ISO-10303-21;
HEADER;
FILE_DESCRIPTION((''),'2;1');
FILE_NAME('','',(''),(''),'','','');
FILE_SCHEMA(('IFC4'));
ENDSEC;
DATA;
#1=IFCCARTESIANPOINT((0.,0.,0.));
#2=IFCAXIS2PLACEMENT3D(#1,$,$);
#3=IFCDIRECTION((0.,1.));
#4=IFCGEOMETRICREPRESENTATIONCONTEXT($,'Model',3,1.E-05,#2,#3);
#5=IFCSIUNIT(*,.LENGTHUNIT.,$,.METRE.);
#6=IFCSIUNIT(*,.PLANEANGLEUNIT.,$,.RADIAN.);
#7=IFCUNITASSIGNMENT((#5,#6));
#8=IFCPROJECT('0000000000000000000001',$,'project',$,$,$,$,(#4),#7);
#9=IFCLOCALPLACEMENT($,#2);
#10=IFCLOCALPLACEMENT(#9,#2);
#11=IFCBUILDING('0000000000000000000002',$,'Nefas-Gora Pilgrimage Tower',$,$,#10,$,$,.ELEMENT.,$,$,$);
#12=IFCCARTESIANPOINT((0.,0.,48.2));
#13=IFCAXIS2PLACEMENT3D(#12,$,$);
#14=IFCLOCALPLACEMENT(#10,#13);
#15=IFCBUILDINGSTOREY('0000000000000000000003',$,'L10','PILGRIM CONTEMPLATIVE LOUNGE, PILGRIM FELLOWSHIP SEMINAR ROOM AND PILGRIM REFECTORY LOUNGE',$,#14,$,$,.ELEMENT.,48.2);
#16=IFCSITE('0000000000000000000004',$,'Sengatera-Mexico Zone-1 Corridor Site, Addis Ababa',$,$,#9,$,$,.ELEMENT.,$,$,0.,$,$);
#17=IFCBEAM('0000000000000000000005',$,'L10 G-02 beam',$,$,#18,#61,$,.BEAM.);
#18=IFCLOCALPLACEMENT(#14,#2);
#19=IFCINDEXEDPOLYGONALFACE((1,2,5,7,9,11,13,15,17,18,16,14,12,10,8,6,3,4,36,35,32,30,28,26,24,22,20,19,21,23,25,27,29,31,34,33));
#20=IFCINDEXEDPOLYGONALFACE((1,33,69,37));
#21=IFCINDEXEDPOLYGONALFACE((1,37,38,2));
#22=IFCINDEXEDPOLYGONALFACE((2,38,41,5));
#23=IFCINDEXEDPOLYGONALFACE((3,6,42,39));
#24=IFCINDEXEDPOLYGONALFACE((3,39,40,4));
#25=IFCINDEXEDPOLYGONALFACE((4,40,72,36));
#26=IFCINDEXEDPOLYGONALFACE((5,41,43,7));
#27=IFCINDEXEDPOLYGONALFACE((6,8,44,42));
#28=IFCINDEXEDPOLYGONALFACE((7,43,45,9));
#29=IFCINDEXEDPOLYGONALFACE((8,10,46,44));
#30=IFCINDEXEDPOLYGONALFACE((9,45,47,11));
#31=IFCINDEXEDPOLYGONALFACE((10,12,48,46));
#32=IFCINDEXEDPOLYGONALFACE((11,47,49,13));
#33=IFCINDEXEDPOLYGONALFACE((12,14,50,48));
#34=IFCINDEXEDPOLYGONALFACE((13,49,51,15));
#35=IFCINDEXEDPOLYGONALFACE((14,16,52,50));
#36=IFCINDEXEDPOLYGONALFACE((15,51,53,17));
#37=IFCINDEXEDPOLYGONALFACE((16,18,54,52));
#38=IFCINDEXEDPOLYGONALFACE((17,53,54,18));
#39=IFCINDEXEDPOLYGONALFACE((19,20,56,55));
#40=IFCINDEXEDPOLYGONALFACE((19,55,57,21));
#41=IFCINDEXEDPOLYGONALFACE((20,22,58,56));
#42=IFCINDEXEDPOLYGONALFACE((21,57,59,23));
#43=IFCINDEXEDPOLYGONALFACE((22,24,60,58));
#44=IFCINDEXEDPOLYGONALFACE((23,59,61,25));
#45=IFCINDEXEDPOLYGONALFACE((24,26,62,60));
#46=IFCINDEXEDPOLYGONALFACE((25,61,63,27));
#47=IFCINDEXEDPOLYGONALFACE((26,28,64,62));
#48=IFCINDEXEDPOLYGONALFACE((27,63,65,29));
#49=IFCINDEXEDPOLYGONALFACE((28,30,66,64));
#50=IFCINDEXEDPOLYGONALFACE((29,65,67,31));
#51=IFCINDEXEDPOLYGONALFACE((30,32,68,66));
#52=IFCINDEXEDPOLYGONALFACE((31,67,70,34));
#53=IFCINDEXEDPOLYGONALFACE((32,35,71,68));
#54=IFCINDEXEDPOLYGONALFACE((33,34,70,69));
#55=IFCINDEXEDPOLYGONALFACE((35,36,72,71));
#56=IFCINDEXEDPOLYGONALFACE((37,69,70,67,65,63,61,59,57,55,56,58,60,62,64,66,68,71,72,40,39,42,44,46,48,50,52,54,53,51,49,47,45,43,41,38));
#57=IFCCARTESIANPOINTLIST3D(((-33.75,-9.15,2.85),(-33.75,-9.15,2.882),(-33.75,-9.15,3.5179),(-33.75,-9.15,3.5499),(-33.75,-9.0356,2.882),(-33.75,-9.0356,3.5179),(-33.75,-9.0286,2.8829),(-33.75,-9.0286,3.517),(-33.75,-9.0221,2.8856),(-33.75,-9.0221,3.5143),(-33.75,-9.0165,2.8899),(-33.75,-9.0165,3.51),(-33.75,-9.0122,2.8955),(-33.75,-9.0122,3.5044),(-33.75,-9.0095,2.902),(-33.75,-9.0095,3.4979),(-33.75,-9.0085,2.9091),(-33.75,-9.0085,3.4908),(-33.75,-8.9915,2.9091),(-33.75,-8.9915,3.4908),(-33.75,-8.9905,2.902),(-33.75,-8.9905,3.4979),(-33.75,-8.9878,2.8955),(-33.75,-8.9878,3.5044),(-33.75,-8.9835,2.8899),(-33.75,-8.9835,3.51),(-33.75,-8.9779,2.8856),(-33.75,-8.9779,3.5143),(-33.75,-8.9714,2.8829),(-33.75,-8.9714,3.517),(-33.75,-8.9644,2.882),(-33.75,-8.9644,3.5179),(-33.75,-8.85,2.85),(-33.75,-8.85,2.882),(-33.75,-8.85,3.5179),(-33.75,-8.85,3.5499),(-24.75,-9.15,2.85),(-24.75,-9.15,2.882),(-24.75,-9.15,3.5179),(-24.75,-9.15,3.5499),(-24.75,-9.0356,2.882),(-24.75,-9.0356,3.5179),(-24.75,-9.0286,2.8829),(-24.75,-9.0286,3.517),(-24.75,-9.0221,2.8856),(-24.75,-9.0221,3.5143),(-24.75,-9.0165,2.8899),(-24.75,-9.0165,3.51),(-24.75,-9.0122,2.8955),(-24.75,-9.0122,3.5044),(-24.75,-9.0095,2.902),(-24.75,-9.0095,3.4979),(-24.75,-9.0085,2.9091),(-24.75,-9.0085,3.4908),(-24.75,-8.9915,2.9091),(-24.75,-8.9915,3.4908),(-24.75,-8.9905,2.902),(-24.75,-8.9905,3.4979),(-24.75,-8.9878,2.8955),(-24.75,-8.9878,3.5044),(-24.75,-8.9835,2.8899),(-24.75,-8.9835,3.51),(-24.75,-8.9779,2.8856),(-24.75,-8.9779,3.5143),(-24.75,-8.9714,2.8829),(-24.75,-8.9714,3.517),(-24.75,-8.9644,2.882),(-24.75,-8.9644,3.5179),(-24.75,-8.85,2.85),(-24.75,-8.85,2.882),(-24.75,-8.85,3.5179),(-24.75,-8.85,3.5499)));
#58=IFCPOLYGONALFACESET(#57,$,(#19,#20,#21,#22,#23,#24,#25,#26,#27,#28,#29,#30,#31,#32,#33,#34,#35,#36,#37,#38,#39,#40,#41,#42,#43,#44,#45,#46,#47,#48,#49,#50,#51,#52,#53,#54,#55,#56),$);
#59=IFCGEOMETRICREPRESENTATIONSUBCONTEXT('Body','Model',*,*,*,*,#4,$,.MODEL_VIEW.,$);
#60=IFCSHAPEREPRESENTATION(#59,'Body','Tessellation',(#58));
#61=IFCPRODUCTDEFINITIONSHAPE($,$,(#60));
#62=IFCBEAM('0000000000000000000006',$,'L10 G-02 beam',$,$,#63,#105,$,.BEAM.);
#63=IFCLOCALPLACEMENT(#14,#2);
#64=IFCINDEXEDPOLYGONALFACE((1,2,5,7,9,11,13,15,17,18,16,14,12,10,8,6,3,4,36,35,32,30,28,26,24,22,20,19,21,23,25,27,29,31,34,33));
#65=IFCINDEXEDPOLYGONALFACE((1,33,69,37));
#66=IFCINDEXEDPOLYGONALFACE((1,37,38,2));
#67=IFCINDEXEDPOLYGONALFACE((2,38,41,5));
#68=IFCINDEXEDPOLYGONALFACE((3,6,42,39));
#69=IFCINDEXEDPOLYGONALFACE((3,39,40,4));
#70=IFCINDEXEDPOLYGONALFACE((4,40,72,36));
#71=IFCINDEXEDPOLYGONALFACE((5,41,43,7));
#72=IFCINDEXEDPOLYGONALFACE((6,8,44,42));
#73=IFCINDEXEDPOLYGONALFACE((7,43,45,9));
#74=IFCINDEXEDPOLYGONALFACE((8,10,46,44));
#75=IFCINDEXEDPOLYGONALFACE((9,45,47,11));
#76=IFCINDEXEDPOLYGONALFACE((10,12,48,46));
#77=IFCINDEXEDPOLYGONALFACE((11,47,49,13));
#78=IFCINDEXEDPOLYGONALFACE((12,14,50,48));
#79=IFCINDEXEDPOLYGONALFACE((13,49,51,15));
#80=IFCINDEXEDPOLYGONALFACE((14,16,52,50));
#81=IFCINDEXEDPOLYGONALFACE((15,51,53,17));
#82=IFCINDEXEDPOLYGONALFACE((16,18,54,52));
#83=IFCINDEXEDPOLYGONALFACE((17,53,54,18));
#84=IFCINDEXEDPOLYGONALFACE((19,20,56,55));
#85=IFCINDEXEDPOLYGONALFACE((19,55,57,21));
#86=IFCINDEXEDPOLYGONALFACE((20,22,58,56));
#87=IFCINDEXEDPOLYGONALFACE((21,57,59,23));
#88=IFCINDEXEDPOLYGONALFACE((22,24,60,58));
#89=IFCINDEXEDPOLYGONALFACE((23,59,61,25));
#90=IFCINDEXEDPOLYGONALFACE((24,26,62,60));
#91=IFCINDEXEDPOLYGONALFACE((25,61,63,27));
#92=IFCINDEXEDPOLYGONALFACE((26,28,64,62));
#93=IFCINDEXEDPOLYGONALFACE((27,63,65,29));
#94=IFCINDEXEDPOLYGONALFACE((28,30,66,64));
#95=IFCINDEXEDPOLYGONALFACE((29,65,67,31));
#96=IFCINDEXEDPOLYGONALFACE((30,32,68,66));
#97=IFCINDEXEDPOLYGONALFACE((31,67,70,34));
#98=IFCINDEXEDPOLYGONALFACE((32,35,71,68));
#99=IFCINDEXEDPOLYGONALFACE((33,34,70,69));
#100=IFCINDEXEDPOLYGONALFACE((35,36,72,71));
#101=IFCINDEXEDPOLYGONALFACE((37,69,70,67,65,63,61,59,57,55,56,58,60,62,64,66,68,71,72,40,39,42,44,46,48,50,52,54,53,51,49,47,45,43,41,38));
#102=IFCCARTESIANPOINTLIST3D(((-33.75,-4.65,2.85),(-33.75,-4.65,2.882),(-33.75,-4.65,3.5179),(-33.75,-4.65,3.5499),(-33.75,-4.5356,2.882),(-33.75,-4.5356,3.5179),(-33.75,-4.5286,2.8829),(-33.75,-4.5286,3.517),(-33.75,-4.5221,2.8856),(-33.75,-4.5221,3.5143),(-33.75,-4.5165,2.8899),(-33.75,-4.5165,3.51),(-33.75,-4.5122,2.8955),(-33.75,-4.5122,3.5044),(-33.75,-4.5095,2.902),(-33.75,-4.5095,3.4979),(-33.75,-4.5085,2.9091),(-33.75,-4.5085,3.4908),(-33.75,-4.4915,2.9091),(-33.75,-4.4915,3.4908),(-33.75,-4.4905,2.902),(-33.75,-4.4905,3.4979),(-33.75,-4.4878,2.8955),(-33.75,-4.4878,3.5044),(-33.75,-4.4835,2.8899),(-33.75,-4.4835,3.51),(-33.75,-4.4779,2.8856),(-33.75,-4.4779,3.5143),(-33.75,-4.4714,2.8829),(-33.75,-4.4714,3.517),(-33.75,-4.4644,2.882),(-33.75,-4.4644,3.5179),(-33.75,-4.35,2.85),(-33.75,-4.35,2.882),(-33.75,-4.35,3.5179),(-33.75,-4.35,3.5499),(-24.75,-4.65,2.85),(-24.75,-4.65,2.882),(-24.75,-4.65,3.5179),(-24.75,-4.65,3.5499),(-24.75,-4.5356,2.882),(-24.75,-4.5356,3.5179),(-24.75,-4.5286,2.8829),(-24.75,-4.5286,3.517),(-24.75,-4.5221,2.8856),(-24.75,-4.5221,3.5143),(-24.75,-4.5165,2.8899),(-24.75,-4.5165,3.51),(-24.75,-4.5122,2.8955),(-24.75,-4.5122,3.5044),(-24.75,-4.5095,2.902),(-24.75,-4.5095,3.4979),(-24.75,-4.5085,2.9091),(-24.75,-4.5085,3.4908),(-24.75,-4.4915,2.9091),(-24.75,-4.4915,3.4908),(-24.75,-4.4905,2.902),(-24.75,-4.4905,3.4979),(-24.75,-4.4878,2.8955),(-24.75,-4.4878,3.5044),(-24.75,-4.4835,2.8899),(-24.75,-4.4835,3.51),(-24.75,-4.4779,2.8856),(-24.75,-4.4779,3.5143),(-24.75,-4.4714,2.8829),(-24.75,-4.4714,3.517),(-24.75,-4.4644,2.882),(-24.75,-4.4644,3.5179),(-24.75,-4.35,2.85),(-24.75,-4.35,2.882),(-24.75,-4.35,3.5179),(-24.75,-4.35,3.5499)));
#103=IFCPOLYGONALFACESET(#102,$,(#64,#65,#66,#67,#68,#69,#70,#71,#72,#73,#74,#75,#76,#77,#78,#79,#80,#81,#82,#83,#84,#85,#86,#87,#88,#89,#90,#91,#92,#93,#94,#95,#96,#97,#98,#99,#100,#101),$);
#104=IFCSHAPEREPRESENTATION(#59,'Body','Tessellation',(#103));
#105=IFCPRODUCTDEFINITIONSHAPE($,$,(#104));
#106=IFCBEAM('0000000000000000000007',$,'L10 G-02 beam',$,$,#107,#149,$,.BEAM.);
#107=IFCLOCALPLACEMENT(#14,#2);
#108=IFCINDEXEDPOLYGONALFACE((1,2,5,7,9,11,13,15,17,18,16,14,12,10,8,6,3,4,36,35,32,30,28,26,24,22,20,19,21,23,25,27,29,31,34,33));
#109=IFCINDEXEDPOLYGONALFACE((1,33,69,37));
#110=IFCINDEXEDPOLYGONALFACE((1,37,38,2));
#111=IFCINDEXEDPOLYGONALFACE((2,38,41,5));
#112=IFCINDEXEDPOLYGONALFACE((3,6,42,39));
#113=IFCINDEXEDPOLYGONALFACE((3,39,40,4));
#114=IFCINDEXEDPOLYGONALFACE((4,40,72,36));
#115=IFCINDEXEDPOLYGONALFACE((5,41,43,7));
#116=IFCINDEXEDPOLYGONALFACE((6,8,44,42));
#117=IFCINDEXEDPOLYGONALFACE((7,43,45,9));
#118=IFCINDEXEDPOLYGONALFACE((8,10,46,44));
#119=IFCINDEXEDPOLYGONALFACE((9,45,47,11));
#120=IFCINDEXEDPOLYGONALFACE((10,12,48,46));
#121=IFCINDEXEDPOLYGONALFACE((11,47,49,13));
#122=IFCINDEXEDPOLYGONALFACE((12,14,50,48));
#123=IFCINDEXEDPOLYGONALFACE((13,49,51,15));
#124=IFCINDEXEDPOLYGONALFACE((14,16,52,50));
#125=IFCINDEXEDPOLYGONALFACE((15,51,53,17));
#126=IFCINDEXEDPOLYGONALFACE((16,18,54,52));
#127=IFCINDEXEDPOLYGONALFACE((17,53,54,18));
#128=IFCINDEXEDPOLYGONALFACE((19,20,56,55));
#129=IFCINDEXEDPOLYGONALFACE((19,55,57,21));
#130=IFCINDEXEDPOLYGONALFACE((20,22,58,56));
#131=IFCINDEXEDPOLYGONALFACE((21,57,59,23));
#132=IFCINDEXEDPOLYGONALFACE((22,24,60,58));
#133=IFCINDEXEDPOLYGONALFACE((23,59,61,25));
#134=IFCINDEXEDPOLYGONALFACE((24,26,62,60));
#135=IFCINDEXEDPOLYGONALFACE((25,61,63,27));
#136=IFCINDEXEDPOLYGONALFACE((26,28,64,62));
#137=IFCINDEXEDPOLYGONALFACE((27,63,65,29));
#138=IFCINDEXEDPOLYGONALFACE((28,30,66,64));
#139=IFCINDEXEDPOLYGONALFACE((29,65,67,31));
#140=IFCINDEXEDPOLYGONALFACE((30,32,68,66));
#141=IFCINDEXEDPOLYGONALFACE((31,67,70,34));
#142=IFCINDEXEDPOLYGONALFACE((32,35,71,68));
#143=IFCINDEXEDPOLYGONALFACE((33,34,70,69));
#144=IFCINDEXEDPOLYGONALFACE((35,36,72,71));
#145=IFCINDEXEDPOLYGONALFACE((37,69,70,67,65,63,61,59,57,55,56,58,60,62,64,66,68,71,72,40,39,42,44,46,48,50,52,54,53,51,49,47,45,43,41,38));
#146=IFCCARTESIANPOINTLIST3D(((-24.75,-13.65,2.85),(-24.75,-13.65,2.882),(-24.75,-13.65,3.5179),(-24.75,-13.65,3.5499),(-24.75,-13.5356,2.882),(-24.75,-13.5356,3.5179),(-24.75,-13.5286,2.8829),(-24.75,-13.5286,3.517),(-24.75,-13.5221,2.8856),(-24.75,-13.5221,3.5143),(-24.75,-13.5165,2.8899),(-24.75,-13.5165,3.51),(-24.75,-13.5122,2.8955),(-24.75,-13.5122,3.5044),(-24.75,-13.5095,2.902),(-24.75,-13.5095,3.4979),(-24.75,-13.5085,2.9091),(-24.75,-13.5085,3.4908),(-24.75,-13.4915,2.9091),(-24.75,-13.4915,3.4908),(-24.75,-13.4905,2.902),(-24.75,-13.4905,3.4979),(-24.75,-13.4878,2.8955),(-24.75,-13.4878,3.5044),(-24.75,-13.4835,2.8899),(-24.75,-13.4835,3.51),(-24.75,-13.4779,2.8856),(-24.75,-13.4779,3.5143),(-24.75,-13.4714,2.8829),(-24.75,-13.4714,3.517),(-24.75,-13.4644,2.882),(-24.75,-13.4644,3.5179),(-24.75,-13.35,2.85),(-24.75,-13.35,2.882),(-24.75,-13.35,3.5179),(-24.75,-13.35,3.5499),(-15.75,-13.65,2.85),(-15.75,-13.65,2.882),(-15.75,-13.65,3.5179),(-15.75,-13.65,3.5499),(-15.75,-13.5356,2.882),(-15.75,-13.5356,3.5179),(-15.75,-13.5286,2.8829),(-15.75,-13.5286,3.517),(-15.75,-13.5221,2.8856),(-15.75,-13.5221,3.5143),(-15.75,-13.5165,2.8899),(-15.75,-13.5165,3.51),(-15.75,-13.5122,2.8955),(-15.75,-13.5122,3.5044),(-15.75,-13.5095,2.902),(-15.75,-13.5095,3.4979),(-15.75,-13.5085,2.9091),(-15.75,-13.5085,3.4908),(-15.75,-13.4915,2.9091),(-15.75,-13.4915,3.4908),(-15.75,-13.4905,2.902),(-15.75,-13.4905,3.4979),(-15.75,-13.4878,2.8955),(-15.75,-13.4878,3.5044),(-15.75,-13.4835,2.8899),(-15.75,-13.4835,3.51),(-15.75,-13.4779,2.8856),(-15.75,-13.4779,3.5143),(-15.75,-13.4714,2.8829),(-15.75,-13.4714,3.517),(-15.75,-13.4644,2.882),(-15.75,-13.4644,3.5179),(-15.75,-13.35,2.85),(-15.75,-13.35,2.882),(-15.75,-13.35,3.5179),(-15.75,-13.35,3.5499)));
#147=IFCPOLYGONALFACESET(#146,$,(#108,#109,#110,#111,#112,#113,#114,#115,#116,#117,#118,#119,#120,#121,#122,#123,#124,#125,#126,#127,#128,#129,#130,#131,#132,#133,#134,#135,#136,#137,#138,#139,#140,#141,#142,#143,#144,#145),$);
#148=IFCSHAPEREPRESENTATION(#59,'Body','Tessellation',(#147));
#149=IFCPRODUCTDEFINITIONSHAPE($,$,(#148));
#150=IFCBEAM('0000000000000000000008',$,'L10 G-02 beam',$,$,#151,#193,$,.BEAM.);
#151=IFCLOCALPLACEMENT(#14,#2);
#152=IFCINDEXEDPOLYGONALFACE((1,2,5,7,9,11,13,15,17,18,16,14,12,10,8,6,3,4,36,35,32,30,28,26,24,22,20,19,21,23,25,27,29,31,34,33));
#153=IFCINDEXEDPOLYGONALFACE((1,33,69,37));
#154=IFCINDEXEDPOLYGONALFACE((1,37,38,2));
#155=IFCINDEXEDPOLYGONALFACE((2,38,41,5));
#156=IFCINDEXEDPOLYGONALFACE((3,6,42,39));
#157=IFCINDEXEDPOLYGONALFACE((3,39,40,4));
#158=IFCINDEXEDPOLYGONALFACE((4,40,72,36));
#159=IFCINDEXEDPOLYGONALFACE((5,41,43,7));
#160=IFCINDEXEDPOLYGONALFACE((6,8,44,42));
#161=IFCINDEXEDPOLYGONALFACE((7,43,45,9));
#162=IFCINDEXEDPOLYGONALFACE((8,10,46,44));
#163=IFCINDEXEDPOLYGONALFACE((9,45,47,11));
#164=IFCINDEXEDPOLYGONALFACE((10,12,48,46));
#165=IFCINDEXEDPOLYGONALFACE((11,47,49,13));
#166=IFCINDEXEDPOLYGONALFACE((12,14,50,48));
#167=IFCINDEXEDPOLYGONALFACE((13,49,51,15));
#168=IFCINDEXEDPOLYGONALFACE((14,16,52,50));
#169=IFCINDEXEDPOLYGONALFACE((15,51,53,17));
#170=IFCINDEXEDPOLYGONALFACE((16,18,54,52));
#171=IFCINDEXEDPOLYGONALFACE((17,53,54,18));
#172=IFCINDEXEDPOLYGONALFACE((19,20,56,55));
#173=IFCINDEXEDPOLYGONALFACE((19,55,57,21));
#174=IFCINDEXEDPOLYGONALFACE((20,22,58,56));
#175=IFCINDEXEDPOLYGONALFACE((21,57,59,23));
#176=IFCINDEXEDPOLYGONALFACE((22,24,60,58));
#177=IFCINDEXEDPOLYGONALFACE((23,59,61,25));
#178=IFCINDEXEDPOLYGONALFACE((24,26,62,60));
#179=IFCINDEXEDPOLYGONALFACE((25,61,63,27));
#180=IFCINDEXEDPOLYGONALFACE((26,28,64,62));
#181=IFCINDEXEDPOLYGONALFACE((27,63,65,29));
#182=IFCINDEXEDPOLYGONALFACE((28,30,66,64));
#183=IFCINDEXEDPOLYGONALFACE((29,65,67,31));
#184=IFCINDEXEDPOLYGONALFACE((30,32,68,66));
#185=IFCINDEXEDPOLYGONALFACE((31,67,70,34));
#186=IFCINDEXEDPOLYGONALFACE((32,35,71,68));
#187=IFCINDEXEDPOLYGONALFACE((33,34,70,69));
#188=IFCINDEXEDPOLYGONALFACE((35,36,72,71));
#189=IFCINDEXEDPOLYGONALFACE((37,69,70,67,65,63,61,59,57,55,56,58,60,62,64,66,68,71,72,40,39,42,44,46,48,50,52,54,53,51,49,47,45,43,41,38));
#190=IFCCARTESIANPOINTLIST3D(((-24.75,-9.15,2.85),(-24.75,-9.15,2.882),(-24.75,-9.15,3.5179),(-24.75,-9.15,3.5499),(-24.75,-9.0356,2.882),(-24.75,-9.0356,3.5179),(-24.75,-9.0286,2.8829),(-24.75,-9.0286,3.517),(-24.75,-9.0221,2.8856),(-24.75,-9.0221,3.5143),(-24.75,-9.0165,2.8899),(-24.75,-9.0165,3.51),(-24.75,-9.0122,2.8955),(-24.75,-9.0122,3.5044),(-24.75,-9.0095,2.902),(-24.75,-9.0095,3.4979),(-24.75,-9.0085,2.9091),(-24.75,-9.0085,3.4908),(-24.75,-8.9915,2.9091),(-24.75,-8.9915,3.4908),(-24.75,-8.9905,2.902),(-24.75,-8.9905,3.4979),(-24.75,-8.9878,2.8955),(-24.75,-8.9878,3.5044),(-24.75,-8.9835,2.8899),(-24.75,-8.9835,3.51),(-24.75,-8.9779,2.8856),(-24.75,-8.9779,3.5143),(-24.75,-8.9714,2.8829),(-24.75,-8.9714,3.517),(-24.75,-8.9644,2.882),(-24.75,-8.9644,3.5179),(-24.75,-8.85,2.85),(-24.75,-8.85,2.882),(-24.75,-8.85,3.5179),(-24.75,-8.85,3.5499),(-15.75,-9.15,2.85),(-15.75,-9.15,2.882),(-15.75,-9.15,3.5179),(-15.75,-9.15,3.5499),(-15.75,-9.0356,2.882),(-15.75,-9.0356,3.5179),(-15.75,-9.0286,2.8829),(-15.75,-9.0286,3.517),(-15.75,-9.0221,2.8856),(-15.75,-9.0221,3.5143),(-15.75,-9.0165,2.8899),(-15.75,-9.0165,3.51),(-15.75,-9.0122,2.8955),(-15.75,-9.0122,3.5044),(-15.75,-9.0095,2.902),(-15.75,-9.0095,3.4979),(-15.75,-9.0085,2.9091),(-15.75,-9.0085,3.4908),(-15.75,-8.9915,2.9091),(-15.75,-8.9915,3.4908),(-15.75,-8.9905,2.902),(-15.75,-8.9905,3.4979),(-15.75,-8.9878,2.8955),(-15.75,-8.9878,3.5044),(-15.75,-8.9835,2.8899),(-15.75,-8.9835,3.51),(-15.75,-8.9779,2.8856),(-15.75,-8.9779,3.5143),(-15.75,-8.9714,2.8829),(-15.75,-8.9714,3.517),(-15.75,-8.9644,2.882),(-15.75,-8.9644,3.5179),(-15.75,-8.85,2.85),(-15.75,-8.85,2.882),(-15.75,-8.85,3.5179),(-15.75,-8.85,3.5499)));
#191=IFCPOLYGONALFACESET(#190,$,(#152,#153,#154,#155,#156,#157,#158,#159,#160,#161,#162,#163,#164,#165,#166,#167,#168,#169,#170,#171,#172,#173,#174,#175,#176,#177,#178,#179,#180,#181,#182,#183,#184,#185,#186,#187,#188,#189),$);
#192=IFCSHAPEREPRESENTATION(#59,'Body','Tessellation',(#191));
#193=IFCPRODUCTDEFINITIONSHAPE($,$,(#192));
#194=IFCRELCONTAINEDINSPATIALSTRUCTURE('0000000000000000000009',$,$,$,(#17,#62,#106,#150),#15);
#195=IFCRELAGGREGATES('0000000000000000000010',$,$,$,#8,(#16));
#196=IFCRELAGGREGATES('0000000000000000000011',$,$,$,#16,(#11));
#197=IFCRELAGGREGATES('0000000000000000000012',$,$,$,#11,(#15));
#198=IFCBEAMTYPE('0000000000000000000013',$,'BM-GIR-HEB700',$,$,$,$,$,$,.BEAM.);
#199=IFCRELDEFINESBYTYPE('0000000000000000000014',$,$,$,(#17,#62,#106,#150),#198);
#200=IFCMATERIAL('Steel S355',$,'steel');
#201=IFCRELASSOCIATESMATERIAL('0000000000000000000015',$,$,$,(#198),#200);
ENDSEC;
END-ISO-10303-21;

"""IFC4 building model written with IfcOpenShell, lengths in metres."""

from ifc_helpers import new_model, si_unit, direction, frame, origin, origin_2d, place, context, subcontext, project, spatial, i_section, extrude, source, transform, mapped, material, material_profile, profile_set, type_object, element, save


model = new_model("IFC4")

# Units and contexts
model_context = context("Model", 3, precision=1e-05, world=origin(), true_north=direction((0.0, 1.0)))
body_context = subcontext(model_context, "Body", "Model", "MODEL_VIEW")
ifc_project = project(units=[si_unit("LENGTHUNIT", "METRE"), si_unit("PLANEANGLEUNIT", "RADIAN")], contexts=[model_context])

# Site, building, storey
site_placement = place(None, origin())
site = spatial("IfcSite", under=ifc_project, at=site_placement, Name="Sengatera-Mexico Zone-1 Corridor Site, Addis Ababa", CompositionType="ELEMENT", RefElevation=0.0)
building_placement = place(site_placement, origin())
building = spatial("IfcBuilding", under=site, at=building_placement, Name="Nefas-Gora Pilgrimage Tower", CompositionType="ELEMENT")
storey_placement = place(building_placement, frame((0.0, 0.0, 48.2)))
storey = spatial("IfcBuildingStorey", under=building, at=storey_placement, Name="L10", Description="PILGRIM CONTEMPLATIVE LOUNGE, PILGRIM FELLOWSHIP SEMINAR ROOM AND PILGRIM REFECTORY LOUNGE", CompositionType="ELEMENT", Elevation=48.2)

# Beams
ifc_material_1 = material(Name="Steel S355", Category="steel")
ifc_material_profile_1 = material_profile(ifc_material_1, i_section(OverallWidth=0.3, OverallDepth=0.7, WebThickness=0.0171, FlangeThickness=0.032, FilletRadius=0.0271, at=origin_2d()), Name="HEB 700")
ifc_profile_set_1 = profile_set([ifc_material_profile_1], Name="Steel S355")
beam_type_1 = type_object("IfcBeamType", Name="BM-GIR-HEB700", PredefinedType="BEAM", material=ifc_profile_set_1)
shared_shape_1 = source(origin(), body_context, "Body", "SweptSolid", [
    extrude(i_section(OverallWidth=0.3, OverallDepth=0.7, WebThickness=0.0171, FlangeThickness=0.032, FilletRadius=0.0271, at=origin_2d()), origin(), (0.0, 0.0, 1.0), 9.0),
])
for number, where, z_axis, x_axis, name in (
    (1, (-33.75, -9.0, 3.2), (1.0, 0.0, 0.0), (0.0, 1.0, 0.0), "L10 G-02 beam"),
    (2, (-33.75, -4.5, 3.2), (1.0, 0.0, 0.0), (0.0, 1.0, 0.0), "L10 G-02 beam"),
    (3, (-24.75, -13.5, 3.2), (1.0, 0.0, 0.0), (0.0, 1.0, 0.0), "L10 G-02 beam"),
    (4, (-24.75, -9.0, 3.2), (1.0, 0.0, 0.0), (0.0, 1.0, 0.0), "L10 G-02 beam"),
):
    element("IfcBeam", number, at=place(storey_placement, frame(where, z_axis=z_axis, x_axis=x_axis)), inside=storey, type_object=beam_type_1, Name=name, PredefinedType="BEAM", context=body_context, shape_type="MappedRepresentation", body=[
        mapped(shared_shape_1, transform((0.0, 0.0, 0.0), x_axis=(1.0, 0.0, 0.0), y_axis=(0.0, 1.0, 0.0), z_axis=(0.0, 0.0, 1.0), scale=1.0)),
    ])

save(model, "model.ifc")
